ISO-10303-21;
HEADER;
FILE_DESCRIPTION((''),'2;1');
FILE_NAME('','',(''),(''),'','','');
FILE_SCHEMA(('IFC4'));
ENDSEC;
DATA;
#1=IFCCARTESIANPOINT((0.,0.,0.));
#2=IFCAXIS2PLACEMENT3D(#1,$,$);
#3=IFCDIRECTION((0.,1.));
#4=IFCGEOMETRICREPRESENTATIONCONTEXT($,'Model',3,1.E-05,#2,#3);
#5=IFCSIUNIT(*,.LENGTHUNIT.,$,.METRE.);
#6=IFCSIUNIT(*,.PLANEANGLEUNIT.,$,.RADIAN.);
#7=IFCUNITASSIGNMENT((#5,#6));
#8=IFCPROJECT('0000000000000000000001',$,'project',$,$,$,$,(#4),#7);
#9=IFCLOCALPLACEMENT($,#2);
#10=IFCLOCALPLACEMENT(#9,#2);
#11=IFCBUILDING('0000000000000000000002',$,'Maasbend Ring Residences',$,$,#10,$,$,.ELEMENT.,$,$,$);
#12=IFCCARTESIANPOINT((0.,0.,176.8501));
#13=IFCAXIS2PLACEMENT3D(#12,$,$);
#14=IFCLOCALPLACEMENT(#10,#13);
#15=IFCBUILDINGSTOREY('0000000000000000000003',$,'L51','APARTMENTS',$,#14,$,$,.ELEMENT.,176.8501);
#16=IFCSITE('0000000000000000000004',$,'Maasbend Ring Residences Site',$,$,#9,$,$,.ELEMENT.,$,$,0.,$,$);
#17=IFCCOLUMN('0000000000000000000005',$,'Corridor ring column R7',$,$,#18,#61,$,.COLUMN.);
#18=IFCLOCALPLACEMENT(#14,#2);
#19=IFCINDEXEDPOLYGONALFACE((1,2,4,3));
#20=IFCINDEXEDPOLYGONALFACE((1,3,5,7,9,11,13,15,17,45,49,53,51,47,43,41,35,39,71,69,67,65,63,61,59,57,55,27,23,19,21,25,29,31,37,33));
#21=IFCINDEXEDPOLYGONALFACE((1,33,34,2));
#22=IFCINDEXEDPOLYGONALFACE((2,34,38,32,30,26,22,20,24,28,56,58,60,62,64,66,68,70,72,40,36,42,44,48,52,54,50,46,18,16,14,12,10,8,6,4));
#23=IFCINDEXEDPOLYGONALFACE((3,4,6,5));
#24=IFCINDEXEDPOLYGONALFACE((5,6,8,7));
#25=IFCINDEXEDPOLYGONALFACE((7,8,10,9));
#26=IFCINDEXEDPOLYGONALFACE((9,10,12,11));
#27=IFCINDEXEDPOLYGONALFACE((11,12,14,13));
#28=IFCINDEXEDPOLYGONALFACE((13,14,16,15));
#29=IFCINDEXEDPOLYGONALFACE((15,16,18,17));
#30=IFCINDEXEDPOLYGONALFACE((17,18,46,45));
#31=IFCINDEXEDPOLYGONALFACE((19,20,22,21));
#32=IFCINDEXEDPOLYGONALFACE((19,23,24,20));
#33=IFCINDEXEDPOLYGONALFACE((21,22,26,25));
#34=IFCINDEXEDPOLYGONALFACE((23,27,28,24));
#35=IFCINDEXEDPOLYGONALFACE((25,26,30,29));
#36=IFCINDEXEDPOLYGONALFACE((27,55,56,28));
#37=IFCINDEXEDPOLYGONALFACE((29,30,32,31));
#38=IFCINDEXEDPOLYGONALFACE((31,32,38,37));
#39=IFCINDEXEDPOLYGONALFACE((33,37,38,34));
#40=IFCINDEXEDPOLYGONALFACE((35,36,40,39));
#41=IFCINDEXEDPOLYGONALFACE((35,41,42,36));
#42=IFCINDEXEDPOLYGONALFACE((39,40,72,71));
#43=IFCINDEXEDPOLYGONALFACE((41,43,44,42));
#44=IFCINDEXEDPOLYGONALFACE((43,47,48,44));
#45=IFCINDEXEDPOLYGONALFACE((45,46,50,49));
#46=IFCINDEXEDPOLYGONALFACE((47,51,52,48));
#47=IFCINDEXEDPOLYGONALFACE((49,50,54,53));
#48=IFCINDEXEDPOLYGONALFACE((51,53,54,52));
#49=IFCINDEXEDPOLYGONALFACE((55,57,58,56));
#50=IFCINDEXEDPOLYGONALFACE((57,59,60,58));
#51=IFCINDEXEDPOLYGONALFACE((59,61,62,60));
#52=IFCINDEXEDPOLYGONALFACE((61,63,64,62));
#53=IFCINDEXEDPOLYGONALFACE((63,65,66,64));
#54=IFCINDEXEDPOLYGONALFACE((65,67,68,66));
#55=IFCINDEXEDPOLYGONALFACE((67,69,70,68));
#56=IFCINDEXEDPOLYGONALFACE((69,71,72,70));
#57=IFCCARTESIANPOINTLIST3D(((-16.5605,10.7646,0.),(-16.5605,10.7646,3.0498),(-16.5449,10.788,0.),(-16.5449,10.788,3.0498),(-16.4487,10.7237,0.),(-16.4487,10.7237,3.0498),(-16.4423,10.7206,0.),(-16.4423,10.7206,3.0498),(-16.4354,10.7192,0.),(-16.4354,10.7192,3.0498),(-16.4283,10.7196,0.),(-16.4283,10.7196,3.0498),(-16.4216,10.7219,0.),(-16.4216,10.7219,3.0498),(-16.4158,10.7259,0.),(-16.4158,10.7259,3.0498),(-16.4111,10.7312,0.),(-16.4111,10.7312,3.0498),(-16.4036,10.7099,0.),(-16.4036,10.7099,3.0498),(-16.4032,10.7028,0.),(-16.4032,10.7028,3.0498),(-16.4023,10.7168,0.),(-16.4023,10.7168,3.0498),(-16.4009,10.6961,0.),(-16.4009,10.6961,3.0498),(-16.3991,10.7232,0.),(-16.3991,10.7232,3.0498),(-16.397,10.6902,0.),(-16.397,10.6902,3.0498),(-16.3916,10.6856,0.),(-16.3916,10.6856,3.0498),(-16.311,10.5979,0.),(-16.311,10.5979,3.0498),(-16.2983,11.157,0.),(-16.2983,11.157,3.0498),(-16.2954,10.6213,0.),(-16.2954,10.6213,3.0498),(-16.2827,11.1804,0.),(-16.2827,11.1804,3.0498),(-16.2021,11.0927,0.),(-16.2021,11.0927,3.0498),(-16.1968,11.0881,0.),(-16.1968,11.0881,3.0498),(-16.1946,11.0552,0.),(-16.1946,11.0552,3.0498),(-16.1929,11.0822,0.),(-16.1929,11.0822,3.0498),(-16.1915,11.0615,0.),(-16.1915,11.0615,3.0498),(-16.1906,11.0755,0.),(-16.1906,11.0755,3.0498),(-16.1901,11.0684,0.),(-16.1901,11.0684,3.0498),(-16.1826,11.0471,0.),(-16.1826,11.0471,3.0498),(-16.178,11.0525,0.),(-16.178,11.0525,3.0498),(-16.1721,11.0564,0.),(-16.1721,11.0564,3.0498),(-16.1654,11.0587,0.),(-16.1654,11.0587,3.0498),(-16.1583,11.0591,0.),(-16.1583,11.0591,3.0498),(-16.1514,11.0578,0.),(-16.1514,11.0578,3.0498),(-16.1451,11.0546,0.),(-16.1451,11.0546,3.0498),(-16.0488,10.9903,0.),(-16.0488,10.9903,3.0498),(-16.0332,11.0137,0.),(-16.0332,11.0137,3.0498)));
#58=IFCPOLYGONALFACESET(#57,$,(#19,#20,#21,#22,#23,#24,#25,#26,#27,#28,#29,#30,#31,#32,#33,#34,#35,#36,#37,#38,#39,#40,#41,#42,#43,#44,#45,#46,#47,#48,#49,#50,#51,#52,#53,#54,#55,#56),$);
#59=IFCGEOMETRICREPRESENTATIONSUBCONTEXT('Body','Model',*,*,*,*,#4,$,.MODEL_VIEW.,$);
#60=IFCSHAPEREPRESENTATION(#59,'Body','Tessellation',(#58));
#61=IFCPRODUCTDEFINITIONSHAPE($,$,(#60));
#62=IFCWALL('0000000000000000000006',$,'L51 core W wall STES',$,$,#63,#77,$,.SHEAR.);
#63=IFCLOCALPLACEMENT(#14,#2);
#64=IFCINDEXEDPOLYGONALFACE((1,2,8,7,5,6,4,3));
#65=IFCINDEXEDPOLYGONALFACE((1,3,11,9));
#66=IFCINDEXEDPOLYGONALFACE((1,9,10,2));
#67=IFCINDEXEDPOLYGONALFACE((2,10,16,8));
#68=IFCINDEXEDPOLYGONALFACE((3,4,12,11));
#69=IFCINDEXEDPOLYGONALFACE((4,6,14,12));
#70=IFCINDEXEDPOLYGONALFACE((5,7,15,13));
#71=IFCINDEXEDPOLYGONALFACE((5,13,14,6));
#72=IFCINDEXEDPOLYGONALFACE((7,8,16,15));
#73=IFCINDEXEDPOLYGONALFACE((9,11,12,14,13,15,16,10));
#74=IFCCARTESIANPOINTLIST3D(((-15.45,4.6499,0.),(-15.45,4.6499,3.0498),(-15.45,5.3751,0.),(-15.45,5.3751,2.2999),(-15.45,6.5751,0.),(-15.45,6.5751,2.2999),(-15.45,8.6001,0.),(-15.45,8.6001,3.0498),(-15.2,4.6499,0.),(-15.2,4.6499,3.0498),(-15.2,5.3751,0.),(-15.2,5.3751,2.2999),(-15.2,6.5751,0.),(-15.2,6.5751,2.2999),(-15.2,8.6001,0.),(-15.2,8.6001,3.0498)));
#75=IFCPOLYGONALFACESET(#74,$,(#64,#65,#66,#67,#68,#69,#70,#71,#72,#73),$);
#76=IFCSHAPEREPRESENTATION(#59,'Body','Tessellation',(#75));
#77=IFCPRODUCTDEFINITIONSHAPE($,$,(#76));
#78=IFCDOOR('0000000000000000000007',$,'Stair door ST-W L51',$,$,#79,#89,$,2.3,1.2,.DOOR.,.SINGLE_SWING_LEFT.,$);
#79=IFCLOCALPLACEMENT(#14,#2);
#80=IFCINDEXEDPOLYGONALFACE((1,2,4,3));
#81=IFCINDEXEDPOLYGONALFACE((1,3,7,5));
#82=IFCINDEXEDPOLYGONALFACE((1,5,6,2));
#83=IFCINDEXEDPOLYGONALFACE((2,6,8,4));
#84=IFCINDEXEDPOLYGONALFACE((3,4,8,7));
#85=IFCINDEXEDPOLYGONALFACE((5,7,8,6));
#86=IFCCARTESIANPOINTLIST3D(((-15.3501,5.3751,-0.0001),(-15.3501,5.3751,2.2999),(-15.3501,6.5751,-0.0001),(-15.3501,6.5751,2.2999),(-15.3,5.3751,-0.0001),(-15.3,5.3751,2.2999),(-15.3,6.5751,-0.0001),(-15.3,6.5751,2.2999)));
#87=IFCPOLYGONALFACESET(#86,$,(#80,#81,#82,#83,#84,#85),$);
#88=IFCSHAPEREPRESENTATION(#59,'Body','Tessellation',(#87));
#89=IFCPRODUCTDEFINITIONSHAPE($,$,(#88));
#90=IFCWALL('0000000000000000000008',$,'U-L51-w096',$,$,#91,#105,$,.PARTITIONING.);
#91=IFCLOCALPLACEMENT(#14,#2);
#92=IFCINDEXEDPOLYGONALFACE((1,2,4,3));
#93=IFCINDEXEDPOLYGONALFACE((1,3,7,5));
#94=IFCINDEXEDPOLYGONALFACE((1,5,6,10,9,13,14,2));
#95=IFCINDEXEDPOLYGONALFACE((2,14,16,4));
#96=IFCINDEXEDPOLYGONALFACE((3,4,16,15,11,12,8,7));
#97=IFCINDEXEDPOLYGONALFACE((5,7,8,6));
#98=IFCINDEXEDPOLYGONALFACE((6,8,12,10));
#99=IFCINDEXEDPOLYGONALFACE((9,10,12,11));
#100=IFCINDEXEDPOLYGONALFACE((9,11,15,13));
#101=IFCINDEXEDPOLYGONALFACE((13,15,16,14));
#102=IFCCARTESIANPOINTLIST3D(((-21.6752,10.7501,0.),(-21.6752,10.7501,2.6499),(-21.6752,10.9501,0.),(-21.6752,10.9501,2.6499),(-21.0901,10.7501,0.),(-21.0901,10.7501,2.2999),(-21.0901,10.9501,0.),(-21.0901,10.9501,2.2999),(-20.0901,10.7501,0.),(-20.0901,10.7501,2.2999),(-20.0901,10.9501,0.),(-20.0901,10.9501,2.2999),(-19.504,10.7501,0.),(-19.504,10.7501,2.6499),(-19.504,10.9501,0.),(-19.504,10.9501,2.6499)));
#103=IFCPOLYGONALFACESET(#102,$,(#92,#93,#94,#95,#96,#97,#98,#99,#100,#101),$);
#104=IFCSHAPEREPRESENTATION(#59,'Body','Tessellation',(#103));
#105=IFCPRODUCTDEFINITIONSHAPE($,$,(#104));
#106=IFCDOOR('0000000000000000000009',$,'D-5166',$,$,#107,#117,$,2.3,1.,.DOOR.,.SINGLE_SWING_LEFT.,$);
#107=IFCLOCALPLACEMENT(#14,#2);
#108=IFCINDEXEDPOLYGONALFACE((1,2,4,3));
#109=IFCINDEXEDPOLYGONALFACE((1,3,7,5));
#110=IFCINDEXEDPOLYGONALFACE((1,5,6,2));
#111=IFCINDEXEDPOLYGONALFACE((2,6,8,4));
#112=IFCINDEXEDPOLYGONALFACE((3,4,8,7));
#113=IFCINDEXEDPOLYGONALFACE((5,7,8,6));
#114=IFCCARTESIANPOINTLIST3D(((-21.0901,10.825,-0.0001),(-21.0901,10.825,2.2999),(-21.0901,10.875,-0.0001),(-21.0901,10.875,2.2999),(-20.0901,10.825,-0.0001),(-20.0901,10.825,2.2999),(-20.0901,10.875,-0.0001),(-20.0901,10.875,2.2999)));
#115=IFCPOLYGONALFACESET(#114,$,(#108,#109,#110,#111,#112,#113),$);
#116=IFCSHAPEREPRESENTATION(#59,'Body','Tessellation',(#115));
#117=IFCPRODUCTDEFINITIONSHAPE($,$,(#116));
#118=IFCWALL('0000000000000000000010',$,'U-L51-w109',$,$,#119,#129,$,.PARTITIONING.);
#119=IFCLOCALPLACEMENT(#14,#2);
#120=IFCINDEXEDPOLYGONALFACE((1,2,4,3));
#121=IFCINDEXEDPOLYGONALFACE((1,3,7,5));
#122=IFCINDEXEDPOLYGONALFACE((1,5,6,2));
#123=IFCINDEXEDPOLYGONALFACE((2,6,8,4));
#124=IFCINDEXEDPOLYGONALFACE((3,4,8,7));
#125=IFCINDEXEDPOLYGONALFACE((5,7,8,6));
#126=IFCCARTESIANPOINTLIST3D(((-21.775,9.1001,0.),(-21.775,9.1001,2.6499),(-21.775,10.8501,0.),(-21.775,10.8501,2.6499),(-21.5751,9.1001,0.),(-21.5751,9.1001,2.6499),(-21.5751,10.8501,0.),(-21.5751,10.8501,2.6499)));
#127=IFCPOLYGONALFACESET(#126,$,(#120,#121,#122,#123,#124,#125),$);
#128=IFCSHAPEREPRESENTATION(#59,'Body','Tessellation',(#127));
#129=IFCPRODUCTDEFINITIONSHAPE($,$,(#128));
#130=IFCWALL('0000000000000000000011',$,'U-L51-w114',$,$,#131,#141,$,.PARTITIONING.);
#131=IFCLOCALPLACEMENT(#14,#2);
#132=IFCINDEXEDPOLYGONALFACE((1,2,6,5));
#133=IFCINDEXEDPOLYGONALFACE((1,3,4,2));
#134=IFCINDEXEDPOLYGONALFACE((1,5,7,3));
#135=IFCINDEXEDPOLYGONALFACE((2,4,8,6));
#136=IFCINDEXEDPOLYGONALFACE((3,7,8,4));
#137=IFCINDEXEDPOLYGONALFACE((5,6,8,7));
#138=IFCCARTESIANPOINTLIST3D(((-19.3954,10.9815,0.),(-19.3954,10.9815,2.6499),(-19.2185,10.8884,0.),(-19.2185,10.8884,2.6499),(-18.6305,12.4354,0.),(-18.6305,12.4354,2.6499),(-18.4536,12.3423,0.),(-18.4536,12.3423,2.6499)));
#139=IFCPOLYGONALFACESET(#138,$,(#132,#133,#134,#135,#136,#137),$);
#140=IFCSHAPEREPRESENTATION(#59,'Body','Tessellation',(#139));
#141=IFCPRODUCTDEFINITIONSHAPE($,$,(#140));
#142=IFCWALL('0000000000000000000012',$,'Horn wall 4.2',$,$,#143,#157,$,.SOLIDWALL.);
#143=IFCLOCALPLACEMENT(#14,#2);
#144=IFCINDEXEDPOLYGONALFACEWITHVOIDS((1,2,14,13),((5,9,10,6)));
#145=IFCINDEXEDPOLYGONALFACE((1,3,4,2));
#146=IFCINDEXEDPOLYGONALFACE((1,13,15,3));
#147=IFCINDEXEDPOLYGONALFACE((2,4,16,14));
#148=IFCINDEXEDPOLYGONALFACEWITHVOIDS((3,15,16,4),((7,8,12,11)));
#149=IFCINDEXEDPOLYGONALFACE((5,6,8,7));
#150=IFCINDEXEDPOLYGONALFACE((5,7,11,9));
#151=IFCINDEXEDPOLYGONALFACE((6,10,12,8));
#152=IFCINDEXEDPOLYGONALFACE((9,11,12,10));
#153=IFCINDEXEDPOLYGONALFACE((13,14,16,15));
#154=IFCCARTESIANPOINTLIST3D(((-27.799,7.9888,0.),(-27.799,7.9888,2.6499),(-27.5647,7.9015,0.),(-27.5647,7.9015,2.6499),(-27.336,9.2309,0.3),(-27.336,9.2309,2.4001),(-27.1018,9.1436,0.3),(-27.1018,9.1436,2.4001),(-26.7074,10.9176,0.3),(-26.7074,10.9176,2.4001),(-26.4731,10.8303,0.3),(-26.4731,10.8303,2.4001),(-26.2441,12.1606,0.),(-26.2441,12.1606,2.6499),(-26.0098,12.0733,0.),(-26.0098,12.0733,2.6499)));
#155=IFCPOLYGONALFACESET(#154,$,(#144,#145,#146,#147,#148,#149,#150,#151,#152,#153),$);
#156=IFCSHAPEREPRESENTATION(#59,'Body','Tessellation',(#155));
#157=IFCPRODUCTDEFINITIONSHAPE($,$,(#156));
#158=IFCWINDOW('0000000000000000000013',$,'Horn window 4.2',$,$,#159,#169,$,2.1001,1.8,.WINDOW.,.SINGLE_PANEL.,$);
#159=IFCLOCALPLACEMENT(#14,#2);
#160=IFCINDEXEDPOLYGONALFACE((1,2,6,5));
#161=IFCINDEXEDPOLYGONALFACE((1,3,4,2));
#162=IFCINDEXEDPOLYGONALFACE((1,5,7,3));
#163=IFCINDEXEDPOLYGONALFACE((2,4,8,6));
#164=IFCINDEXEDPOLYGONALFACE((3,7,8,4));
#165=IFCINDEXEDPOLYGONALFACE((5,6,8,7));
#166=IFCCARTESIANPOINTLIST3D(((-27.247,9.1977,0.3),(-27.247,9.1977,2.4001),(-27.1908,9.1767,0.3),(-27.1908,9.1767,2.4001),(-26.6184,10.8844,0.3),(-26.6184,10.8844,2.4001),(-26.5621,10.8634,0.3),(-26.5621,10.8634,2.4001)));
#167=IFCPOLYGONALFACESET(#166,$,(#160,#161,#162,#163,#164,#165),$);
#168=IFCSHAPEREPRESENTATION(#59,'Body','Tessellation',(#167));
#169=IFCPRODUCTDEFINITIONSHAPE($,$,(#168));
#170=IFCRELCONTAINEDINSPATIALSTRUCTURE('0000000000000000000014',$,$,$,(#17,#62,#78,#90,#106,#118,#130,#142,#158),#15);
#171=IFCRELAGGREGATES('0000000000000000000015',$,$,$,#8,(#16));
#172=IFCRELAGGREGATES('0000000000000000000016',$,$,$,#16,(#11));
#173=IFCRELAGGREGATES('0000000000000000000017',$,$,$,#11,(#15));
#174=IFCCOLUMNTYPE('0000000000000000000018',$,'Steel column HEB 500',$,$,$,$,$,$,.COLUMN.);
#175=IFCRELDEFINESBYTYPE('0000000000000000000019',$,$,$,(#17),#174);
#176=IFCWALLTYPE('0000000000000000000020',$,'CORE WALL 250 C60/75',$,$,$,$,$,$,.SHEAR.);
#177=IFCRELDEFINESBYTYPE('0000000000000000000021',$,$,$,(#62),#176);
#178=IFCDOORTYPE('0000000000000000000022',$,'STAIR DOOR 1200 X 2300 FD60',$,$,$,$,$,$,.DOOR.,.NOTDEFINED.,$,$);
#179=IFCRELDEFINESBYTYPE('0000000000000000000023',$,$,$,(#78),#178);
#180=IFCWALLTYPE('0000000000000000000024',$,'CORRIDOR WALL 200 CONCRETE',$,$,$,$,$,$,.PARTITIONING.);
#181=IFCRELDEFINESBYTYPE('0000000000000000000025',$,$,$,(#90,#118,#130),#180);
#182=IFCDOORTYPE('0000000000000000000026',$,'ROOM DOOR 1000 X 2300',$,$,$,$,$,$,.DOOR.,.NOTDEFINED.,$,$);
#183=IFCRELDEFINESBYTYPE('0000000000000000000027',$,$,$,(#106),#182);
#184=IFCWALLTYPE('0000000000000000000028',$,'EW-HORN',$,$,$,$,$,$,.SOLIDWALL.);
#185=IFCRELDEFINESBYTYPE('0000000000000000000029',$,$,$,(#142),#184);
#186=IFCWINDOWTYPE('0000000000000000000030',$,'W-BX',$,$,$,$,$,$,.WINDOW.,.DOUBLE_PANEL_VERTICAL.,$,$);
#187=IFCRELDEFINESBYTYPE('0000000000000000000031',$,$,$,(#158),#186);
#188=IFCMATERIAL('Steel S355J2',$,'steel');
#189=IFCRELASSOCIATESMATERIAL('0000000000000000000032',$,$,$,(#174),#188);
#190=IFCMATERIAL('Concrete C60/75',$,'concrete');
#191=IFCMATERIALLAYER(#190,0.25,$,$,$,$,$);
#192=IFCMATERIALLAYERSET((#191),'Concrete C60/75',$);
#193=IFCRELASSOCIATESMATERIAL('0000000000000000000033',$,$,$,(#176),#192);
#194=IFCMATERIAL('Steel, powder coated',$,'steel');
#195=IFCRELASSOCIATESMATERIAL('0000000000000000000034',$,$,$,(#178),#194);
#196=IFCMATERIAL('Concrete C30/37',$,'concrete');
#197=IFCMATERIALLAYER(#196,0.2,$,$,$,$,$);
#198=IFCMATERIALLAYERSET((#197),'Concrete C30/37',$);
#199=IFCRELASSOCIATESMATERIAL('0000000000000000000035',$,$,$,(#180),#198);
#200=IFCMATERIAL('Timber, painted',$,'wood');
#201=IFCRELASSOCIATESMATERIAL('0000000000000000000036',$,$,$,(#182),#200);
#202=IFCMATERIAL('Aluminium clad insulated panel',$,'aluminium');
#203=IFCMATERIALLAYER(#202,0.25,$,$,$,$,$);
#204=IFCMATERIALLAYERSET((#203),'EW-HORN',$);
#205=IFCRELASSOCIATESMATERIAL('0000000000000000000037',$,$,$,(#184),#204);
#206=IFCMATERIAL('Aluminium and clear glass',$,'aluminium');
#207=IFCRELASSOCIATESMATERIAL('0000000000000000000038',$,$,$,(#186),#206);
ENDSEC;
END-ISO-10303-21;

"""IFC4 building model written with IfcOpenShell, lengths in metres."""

from ifc_helpers import new_model, si_unit, direction, frame, frame_2d, origin, origin_2d, place, context, subcontext, project, spatial, rectangle, i_section, extrude, material, layer, layer_set, material_profile, profile_set, type_object, element, fill, save


model = new_model("IFC4")

# Units and contexts
model_context = context("Model", 3, precision=1e-05, world=origin(), true_north=direction((0.0, 1.0)))
body_context = subcontext(model_context, "Body", "Model", "MODEL_VIEW")
ifc_project = project(units=[si_unit("LENGTHUNIT", "METRE"), si_unit("PLANEANGLEUNIT", "RADIAN")], contexts=[model_context])

# Site, building, storey
site_placement = place(None, origin())
site = spatial("IfcSite", under=ifc_project, at=site_placement, Name="Maasbend Ring Residences Site", CompositionType="ELEMENT", RefElevation=0.0)
building_placement = place(site_placement, origin())
building = spatial("IfcBuilding", under=site, at=building_placement, Name="Maasbend Ring Residences", CompositionType="ELEMENT")
storey_placement = place(building_placement, frame((0.0, 0.0, 176.8501)))
storey = spatial("IfcBuildingStorey", under=building, at=storey_placement, Name="L51", Description="APARTMENTS", CompositionType="ELEMENT", Elevation=176.8501)

# Column
ifc_material_1 = material(Name="Steel S355J2", Category="steel")
ifc_material_profile = material_profile(ifc_material_1, i_section(OverallWidth=0.3, OverallDepth=0.5, WebThickness=0.0144, FlangeThickness=0.0281, FilletRadius=0.0271, at=origin_2d()), Name="HEB 500")
ifc_profile_set = profile_set([ifc_material_profile], Name="Steel S355J2")
column_type = type_object("IfcColumnType", Name="Steel column HEB 500", PredefinedType="COLUMN", material=ifc_profile_set)
column_placement = place(storey_placement, frame((-16.2969, 10.8892, 0.0), z_axis=(0.0, 0.0, 1.0), x_axis=(-0.83147, 0.55557, 0.0)))
element("IfcColumn", 1, at=column_placement, inside=storey, type_object=column_type, Name="Corridor ring column R7", PredefinedType="COLUMN", context=body_context, shape_type="SweptSolid", body=[
    extrude(i_section(OverallWidth=0.3, OverallDepth=0.5, WebThickness=0.0144, FlangeThickness=0.0281, FilletRadius=0.0271, at=origin_2d()), origin(), (0.0, 0.0, 1.0), 3.0498),
])

# Walls, openings, doors
ifc_material_2 = material(Name="Concrete C60/75", Category="concrete")
ifc_layer_1 = layer(ifc_material_2, 0.25)
ifc_layer_set_1 = layer_set([ifc_layer_1], Name="Concrete C60/75")
wall_type_1 = type_object("IfcWallType", Name="CORE WALL 250 C60/75", PredefinedType="SHEAR", material=ifc_layer_set_1)
wall_1_placement = place(storey_placement, frame((-15.325, 8.6001, 0.0), z_axis=(0.0, 0.0, 1.0), x_axis=(0.0, -1.0, 0.0)))
wall_1 = element("IfcWall", 2, at=wall_1_placement, inside=storey, type_object=wall_type_1, Name="L51 core W wall STES", PredefinedType="SHEAR", context=body_context, shape_type="SweptSolid", body=[
    extrude(rectangle(XDim=3.9502, YDim=0.25, at=frame_2d((1.9751, 0.0))), origin(), (0.0, 0.0, 1.0), 3.0498),
])
opening_1_placement = place(wall_1_placement, frame((2.0249, 0.0, 0.0)))
opening_1 = element("IfcOpeningElement", 3, at=opening_1_placement, cuts=wall_1, PredefinedType="OPENING", context=body_context, shape_type="SweptSolid", body=[
    extrude(rectangle(XDim=1.2, YDim=2.3, at=frame_2d((0.6001, 1.1499))), frame((0.0, 0.135, 0.0), z_axis=(0.0, -1.0, 0.0), x_axis=(1.0, 0.0, 0.0)), (0.0, 0.0, 1.0), 0.27),
])
ifc_material_3 = material(Name="Steel, powder coated", Category="steel")
door_type_1 = type_object("IfcDoorType", Name="STAIR DOOR 1200 X 2300 FD60", OperationType="NOTDEFINED", PredefinedType="DOOR", material=ifc_material_3)
door_1_placement = place(opening_1_placement, origin())
door_1 = element("IfcDoor", 4, at=door_1_placement, inside=storey, type_object=door_type_1, Name="Stair door ST-W L51", OperationType="SINGLE_SWING_LEFT", OverallHeight=2.3, OverallWidth=1.2, PredefinedType="DOOR", context=body_context, shape_type="SweptSolid", body=[
    extrude(rectangle(XDim=1.2, YDim=2.3, at=frame_2d((0.6001, 1.1499))), frame((0.0, 0.0249, 0.0), z_axis=(0.0, -1.0, 0.0), x_axis=(1.0, 0.0, 0.0)), (0.0, 0.0, 1.0), 0.05),
])
fill(opening_1, door_1)
ifc_material_4 = material(Name="Concrete C30/37", Category="concrete")
ifc_layer_2 = layer(ifc_material_4, 0.2)
ifc_layer_set_2 = layer_set([ifc_layer_2], Name="Concrete C30/37")
wall_type_2 = type_object("IfcWallType", Name="CORRIDOR WALL 200 CONCRETE", PredefinedType="PARTITIONING", material=ifc_layer_set_2)
wall_2_placement = place(storey_placement, frame((-21.675, 10.8501, 0.0), z_axis=(0.0, 0.0, 1.0), x_axis=(1.0, 0.0, 0.0)))
wall_2 = element("IfcWall", 5, at=wall_2_placement, inside=storey, type_object=wall_type_2, Name="U-L51-w096", PredefinedType="PARTITIONING", context=body_context, shape_type="SweptSolid", body=[
    extrude(rectangle(XDim=2.1711, YDim=0.2, at=frame_2d((1.0854, 0.0))), origin(), (0.0, 0.0, 1.0), 2.6499),
])
opening_2_placement = place(wall_2_placement, frame((0.585, 0.0, 0.0)))
opening_2 = element("IfcOpeningElement", 6, at=opening_2_placement, cuts=wall_2, PredefinedType="OPENING", context=body_context, shape_type="SweptSolid", body=[
    extrude(rectangle(XDim=1.0, YDim=2.3, at=frame_2d((0.5, 1.1499))), frame((0.0, 0.1099, 0.0), z_axis=(0.0, -1.0, 0.0), x_axis=(1.0, 0.0, 0.0)), (0.0, 0.0, 1.0), 0.22),
])
ifc_material_5 = material(Name="Timber, painted", Category="wood")
door_type_2 = type_object("IfcDoorType", Name="ROOM DOOR 1000 X 2300", OperationType="NOTDEFINED", PredefinedType="DOOR", material=ifc_material_5)
door_2_placement = place(opening_2_placement, origin())
door_2 = element("IfcDoor", 7, at=door_2_placement, inside=storey, type_object=door_type_2, Name="D-5166", OperationType="SINGLE_SWING_LEFT", OverallHeight=2.3, OverallWidth=1.0, PredefinedType="DOOR", context=body_context, shape_type="SweptSolid", body=[
    extrude(rectangle(XDim=1.0, YDim=2.3, at=frame_2d((0.5, 1.1499))), frame((0.0, 0.0249, 0.0), z_axis=(0.0, -1.0, 0.0), x_axis=(1.0, 0.0, 0.0)), (0.0, 0.0, 1.0), 0.05),
])
fill(opening_2, door_2)

# Walls
wall_3_placement = place(storey_placement, frame((-21.675, 9.1001, 0.0), z_axis=(0.0, 0.0, 1.0), x_axis=(0.0, 1.0, 0.0)))
element("IfcWall", 8, at=wall_3_placement, inside=storey, type_object=wall_type_2, Name="U-L51-w109", PredefinedType="PARTITIONING", context=body_context, shape_type="SweptSolid", body=[
    extrude(rectangle(XDim=1.75, YDim=0.2, at=frame_2d((0.875, 0.0))), origin(), (0.0, 0.0, 1.0), 2.6499),
])
wall_4_placement = place(storey_placement, frame((-19.3069, 10.9351, 0.0), z_axis=(0.0, 0.0, 1.0), x_axis=(0.465606, 0.884992, 0.0)))
element("IfcWall", 9, at=wall_4_placement, inside=storey, type_object=wall_type_2, Name="U-L51-w114", PredefinedType="PARTITIONING", context=body_context, shape_type="SweptSolid", body=[
    extrude(rectangle(XDim=1.6428, YDim=0.2, at=frame_2d((0.8213, 0.0))), origin(), (0.0, 0.0, 1.0), 2.6499),
])

# Wall, opening, window
ifc_material_6 = material(Name="Aluminium clad insulated panel", Category="aluminium")
ifc_layer_3 = layer(ifc_material_6, 0.25)
ifc_layer_set_3 = layer_set([ifc_layer_3], Name="EW-HORN")
wall_type_3 = type_object("IfcWallType", Name="EW-HORN", PredefinedType="SOLIDWALL", material=ifc_layer_set_3)
wall_5_placement = place(storey_placement, frame((-26.127, 12.1169, 0.0), z_axis=(0.0, 0.0, 1.0), x_axis=(-0.349248, -0.93703, 0.0)))
wall_5 = element("IfcWall", 10, at=wall_5_placement, inside=storey, type_object=wall_type_3, Name="Horn wall 4.2", PredefinedType="SOLIDWALL", context=body_context, shape_type="SweptSolid", body=[
    extrude(rectangle(XDim=4.4521, YDim=0.25, at=frame_2d((2.2261, 0.0))), origin(), (0.0, 0.0, 1.0), 2.6499),
])
opening_3_placement = place(wall_5_placement, frame((1.3267, 0.0, 0.3)))
opening_3 = element("IfcOpeningElement", 11, at=opening_3_placement, cuts=wall_5, PredefinedType="OPENING", context=body_context, shape_type="SweptSolid", body=[
    extrude(rectangle(XDim=1.8, YDim=2.1001, at=frame_2d((0.8999, 1.05))), frame((0.0, 0.135, 0.0), z_axis=(0.0, -1.0, 0.0), x_axis=(1.0, 0.0, 0.0)), (0.0, 0.0, 1.0), 0.27),
])
ifc_material_7 = material(Name="Aluminium and clear glass", Category="aluminium")
window_type_1 = type_object("IfcWindowType", Name="W-BX", PartitioningType="DOUBLE_PANEL_VERTICAL", PredefinedType="WINDOW", material=ifc_material_7)
window_1_placement = place(opening_3_placement, origin())
window_1 = element("IfcWindow", 12, at=window_1_placement, inside=storey, type_object=window_type_1, Name="Horn window 4.2", OverallHeight=2.1001, OverallWidth=1.8, PartitioningType="SINGLE_PANEL", PredefinedType="WINDOW", context=body_context, shape_type="SweptSolid", body=[
    extrude(rectangle(XDim=1.8, YDim=2.1001, at=frame_2d((0.8999, 1.05))), frame((0.0, 0.03, 0.0), z_axis=(0.0, -1.0, 0.0), x_axis=(1.0, 0.0, 0.0)), (0.0, 0.0, 1.0), 0.0601),
])
fill(opening_3, window_1)

save(model, "model.ifc")
